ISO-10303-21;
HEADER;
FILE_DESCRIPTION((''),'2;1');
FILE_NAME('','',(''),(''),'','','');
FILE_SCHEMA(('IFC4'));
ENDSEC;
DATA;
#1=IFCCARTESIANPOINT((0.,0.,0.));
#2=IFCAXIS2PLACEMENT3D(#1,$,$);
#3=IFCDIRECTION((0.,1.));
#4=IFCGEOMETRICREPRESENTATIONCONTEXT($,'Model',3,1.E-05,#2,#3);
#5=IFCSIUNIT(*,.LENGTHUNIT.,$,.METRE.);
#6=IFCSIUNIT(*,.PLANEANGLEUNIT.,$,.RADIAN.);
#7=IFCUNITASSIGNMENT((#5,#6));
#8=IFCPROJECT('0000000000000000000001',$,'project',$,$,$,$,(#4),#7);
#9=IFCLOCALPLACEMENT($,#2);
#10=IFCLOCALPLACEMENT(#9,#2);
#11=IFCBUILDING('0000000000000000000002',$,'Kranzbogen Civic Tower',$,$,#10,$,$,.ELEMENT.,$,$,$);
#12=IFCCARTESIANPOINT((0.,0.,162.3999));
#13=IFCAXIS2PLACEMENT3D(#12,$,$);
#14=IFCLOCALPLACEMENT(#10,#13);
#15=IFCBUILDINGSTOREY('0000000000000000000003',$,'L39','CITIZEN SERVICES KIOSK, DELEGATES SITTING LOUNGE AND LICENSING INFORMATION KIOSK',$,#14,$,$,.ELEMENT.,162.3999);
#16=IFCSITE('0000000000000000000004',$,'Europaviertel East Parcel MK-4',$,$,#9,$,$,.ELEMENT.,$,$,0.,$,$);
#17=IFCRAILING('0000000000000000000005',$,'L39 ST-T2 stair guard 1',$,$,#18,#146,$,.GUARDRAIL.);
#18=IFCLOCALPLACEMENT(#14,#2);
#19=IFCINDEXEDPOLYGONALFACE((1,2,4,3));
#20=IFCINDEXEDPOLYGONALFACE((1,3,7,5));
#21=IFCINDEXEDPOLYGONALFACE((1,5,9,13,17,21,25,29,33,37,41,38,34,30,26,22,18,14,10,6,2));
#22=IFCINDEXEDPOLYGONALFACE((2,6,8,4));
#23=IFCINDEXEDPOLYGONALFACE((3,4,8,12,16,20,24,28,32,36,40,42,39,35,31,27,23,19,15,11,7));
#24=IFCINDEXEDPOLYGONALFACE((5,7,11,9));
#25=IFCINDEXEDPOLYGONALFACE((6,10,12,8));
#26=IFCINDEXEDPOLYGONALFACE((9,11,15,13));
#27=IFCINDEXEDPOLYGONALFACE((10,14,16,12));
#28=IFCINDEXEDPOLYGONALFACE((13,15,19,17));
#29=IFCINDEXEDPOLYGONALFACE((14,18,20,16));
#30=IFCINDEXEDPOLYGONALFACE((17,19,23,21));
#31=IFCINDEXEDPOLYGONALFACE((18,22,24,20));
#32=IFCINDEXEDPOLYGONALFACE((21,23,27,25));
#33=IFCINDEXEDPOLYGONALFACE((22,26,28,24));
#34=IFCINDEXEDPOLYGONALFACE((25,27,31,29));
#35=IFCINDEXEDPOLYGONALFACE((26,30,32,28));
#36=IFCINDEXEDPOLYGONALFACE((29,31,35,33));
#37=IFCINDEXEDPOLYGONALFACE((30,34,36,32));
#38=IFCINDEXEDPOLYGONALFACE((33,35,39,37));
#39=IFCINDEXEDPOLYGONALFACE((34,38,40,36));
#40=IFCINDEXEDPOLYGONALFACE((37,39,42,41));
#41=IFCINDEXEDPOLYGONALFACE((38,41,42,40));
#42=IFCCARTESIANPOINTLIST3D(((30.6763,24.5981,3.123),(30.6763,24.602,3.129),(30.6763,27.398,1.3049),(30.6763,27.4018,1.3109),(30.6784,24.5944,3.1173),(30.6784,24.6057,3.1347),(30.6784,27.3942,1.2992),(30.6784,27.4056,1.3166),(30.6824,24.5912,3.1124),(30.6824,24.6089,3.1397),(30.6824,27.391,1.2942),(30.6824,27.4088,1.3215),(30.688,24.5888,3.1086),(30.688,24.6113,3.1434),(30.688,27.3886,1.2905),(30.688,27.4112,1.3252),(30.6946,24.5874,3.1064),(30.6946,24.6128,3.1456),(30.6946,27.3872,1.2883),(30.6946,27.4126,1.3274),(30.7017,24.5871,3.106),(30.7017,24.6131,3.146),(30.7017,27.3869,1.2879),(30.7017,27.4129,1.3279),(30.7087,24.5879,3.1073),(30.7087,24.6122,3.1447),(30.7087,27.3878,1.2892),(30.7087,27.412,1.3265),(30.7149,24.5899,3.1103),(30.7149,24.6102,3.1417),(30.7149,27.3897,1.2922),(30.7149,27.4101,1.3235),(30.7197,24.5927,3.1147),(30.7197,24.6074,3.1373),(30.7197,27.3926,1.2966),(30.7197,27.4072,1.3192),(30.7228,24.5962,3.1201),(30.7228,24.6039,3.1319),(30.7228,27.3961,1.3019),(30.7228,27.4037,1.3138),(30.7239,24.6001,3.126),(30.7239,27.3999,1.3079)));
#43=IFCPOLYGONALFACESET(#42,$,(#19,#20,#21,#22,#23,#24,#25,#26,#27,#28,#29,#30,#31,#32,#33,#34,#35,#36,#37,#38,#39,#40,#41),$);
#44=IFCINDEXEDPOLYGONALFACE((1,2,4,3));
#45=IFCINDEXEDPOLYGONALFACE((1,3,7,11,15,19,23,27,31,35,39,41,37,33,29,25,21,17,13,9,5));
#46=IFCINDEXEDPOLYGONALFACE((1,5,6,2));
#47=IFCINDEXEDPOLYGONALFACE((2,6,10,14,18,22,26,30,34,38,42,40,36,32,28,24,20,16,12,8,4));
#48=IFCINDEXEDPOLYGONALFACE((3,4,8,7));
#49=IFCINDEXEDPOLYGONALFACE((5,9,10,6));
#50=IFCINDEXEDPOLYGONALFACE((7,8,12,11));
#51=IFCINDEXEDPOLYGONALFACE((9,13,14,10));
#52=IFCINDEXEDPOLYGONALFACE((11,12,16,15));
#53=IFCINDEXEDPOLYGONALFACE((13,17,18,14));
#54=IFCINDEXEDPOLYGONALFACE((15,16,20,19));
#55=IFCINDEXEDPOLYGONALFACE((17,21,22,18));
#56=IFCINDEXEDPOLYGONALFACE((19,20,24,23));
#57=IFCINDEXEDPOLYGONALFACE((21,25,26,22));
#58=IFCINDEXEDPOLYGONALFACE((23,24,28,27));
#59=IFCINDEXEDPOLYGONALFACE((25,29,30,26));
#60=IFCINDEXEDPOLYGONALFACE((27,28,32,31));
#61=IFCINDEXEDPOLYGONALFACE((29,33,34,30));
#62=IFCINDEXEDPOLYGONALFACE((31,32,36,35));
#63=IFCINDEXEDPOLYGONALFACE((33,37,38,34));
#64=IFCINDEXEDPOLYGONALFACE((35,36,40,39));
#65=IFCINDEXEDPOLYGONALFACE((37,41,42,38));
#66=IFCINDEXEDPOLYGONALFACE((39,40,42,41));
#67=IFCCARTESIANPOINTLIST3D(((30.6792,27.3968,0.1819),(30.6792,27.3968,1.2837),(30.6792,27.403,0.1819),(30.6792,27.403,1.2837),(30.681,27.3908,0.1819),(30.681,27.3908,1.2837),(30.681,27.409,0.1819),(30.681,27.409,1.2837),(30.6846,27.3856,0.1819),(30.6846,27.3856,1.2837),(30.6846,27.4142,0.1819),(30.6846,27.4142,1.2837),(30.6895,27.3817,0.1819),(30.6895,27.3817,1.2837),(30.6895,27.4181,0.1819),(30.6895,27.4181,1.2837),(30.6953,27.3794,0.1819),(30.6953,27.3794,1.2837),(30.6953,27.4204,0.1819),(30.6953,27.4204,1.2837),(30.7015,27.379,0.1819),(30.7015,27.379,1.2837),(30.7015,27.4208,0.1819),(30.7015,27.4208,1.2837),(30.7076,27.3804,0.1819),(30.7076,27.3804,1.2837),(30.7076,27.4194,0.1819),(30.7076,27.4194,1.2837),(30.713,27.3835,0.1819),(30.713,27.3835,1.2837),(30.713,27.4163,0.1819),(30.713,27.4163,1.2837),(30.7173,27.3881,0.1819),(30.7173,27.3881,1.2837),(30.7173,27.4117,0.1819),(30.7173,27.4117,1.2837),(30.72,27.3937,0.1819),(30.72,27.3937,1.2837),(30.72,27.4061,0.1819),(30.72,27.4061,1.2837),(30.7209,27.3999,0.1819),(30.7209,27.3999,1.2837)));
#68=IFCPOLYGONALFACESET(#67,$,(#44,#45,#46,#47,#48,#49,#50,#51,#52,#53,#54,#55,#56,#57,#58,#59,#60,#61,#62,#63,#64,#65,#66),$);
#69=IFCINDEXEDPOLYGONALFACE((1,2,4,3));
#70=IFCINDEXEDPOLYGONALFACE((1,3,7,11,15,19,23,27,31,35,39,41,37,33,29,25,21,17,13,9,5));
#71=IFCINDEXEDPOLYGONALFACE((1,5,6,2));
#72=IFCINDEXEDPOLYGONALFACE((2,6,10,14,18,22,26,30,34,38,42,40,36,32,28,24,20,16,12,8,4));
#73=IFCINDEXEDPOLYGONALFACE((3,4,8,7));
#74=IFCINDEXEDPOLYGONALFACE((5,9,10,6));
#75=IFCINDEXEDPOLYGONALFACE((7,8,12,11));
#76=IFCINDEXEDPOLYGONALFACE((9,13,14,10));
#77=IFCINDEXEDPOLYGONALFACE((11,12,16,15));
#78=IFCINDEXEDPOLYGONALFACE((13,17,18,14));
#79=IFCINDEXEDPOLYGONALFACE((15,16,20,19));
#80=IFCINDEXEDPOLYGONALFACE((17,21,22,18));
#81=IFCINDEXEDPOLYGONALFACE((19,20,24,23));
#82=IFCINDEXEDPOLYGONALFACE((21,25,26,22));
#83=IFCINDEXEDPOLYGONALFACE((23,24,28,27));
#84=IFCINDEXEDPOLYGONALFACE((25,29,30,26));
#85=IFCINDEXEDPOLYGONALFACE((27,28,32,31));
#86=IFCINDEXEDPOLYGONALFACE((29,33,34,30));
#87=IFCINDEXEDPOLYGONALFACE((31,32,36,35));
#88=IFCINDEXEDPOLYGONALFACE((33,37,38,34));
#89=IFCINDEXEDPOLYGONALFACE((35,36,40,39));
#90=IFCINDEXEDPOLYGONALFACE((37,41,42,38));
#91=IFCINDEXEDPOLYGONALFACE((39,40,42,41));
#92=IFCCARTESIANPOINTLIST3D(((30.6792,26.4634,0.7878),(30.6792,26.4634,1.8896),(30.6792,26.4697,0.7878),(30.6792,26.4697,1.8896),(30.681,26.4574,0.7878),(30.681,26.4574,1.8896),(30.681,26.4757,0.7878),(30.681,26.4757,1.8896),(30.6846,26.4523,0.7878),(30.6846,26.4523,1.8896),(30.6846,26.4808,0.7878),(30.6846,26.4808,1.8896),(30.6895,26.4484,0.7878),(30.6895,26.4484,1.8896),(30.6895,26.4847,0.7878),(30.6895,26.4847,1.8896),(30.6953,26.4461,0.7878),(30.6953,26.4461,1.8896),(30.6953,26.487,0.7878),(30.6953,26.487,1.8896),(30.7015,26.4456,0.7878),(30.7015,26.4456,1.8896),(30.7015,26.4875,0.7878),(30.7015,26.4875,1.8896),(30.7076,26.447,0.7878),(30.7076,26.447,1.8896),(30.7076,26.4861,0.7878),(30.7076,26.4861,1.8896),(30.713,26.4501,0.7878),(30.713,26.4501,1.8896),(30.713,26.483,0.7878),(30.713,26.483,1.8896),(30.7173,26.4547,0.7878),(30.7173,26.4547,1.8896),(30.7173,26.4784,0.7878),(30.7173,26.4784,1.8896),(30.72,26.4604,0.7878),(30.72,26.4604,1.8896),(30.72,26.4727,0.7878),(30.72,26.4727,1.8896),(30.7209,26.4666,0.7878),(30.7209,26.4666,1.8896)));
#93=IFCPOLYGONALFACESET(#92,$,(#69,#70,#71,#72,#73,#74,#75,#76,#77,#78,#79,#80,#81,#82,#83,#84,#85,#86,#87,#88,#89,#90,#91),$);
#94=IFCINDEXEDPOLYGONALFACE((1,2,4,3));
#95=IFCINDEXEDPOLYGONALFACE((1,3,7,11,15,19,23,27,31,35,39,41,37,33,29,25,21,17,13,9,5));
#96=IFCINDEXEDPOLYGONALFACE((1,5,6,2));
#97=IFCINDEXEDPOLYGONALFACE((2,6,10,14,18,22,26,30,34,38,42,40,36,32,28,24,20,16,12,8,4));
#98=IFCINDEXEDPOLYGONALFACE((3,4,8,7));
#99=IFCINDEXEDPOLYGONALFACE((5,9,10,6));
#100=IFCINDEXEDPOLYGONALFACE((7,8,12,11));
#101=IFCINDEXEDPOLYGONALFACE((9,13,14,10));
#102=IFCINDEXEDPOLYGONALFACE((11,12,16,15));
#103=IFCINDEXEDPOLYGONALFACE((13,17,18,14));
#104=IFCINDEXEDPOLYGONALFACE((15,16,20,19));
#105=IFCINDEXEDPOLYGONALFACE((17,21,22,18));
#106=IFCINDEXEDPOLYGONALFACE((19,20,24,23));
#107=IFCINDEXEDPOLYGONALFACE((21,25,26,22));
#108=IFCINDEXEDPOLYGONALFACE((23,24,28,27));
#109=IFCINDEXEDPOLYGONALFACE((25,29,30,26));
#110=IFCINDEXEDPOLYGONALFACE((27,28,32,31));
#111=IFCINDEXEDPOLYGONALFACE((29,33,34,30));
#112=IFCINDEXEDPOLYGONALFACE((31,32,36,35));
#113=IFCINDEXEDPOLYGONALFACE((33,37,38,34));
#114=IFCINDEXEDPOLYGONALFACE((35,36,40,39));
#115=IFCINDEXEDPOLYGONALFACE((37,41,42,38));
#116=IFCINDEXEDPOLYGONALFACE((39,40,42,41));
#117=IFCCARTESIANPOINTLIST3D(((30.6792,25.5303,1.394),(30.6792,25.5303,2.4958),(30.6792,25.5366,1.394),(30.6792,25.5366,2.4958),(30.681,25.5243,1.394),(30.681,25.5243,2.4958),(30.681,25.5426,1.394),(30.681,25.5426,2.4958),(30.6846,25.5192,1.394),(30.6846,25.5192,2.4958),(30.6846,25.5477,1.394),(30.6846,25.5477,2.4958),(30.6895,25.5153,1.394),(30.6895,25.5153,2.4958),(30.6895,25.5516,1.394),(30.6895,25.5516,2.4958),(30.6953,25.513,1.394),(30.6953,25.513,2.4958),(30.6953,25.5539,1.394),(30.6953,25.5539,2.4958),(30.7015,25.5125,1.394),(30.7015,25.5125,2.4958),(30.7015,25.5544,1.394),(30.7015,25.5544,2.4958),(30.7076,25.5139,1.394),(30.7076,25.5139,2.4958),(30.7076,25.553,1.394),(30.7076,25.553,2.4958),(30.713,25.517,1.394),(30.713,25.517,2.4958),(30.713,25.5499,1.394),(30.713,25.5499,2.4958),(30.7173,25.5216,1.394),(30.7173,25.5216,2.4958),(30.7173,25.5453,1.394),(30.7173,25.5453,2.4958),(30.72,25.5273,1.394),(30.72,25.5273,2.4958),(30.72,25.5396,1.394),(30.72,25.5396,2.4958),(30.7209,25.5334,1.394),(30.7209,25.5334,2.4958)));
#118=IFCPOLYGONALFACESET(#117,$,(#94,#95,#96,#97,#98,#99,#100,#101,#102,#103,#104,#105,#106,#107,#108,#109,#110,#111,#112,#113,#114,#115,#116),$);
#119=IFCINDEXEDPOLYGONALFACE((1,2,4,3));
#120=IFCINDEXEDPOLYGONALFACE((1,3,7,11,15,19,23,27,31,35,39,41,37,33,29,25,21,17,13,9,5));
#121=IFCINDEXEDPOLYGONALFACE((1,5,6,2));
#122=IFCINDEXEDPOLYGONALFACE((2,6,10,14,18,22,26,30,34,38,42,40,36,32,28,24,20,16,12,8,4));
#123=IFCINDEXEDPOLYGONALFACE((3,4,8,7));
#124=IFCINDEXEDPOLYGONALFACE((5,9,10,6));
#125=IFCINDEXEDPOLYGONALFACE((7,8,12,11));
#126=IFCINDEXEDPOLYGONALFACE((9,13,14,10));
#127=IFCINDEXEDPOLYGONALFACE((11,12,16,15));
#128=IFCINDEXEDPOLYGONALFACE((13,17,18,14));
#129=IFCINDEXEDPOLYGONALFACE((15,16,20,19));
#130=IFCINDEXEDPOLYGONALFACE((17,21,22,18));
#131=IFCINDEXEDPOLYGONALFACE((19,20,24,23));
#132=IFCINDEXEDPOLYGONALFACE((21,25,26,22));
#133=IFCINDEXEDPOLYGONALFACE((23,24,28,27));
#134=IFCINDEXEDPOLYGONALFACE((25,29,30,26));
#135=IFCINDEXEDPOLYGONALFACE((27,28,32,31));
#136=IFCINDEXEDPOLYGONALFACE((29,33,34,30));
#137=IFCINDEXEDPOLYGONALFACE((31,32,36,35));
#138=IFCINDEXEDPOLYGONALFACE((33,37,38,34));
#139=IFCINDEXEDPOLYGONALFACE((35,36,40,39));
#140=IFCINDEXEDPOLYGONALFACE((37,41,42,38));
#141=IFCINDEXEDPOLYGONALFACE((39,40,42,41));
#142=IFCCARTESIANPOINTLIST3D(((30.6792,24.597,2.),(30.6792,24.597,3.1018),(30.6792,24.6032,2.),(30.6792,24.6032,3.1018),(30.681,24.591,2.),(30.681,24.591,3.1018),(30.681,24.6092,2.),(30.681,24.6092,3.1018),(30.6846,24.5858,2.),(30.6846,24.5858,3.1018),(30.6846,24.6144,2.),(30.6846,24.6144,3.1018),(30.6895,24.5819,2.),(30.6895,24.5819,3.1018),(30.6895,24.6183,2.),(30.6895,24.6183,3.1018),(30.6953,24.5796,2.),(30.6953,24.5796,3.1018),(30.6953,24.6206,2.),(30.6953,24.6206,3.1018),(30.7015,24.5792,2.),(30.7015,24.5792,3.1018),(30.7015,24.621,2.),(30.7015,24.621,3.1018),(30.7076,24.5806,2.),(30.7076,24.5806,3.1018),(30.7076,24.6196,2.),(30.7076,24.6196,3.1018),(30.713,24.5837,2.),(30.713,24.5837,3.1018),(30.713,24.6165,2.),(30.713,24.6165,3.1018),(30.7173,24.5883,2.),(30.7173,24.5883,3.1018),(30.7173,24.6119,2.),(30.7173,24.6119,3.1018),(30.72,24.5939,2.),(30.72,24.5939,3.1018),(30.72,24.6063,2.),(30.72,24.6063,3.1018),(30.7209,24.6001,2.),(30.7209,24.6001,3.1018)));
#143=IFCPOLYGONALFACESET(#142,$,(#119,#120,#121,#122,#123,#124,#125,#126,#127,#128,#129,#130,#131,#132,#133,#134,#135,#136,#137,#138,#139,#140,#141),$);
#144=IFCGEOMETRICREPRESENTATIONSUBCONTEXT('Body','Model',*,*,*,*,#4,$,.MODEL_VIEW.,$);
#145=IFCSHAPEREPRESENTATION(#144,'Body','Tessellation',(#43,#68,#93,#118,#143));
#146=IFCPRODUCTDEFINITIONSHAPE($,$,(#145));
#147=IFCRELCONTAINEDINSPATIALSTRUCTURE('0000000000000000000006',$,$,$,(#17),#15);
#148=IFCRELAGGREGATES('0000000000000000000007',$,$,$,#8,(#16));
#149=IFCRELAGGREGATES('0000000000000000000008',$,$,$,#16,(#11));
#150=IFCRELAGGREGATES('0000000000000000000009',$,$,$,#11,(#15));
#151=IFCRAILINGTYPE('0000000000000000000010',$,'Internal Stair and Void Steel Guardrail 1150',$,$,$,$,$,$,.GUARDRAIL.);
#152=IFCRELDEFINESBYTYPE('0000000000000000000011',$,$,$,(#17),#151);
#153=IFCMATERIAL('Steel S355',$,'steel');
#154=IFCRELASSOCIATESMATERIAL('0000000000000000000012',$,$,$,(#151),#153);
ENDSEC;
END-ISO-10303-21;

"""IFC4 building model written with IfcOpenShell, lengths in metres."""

from ifc_helpers import new_model, si_unit, direction, frame, origin, origin_2d, place, context, subcontext, project, spatial, circle, extrude, material, type_object, element, save


model = new_model("IFC4")

# Units and contexts
model_context = context("Model", 3, precision=1e-05, world=origin(), true_north=direction((0.0, 1.0)))
body_context = subcontext(model_context, "Body", "Model", "MODEL_VIEW")
ifc_project = project(units=[si_unit("LENGTHUNIT", "METRE"), si_unit("PLANEANGLEUNIT", "RADIAN")], contexts=[model_context])

# Site, building, storey
site_placement = place(None, origin())
site = spatial("IfcSite", under=ifc_project, at=site_placement, Name="Europaviertel East Parcel MK-4", CompositionType="ELEMENT", RefElevation=0.0)
building_placement = place(site_placement, origin())
building = spatial("IfcBuilding", under=site, at=building_placement, Name="Kranzbogen Civic Tower", CompositionType="ELEMENT")
storey_placement = place(building_placement, frame((0.0, 0.0, 162.3999)))
storey = spatial("IfcBuildingStorey", under=building, at=storey_placement, Name="L39", Description="CITIZEN SERVICES KIOSK, DELEGATES SITTING LOUNGE AND LICENSING INFORMATION KIOSK", CompositionType="ELEMENT", Elevation=162.3999)

# Shared definitions
ifc_material_1 = material(Name="Steel S355", Category="steel")

# Railing
railing_type_1 = type_object("IfcRailingType", Name="Internal Stair and Void Steel Guardrail 1150", PredefinedType="GUARDRAIL", material=ifc_material_1)
railing_1_placement = place(storey_placement, frame((30.7, 27.3999, 0.1819)))
element("IfcRailing", 1, at=railing_1_placement, inside=storey, type_object=railing_type_1, Name="L39 ST-T2 stair guard 1", PredefinedType="GUARDRAIL", context=body_context, shape_type="SweptSolid", body=[
    extrude(circle(Radius=0.0239, at=origin_2d()), frame((0.0, 0.0, 1.126), z_axis=(0.0, -0.838684, 0.544618), x_axis=(1.0, 0.0, 0.0)), (0.0, 0.0, 1.0), 3.3384),
    extrude(circle(Radius=0.021, at=origin_2d()), origin(), (0.0, 0.0, 1.0), 1.1018),
    extrude(circle(Radius=0.021, at=origin_2d()), frame((0.0, -0.9333, 0.606)), (0.0, 0.0, 1.0), 1.1018),
    extrude(circle(Radius=0.021, at=origin_2d()), frame((0.0, -1.8665, 1.2122)), (0.0, 0.0, 1.0), 1.1018),
    extrude(circle(Radius=0.021, at=origin_2d()), frame((0.0, -2.7998, 1.8181)), (0.0, 0.0, 1.0), 1.1018),
])

save(model, "model.ifc")
